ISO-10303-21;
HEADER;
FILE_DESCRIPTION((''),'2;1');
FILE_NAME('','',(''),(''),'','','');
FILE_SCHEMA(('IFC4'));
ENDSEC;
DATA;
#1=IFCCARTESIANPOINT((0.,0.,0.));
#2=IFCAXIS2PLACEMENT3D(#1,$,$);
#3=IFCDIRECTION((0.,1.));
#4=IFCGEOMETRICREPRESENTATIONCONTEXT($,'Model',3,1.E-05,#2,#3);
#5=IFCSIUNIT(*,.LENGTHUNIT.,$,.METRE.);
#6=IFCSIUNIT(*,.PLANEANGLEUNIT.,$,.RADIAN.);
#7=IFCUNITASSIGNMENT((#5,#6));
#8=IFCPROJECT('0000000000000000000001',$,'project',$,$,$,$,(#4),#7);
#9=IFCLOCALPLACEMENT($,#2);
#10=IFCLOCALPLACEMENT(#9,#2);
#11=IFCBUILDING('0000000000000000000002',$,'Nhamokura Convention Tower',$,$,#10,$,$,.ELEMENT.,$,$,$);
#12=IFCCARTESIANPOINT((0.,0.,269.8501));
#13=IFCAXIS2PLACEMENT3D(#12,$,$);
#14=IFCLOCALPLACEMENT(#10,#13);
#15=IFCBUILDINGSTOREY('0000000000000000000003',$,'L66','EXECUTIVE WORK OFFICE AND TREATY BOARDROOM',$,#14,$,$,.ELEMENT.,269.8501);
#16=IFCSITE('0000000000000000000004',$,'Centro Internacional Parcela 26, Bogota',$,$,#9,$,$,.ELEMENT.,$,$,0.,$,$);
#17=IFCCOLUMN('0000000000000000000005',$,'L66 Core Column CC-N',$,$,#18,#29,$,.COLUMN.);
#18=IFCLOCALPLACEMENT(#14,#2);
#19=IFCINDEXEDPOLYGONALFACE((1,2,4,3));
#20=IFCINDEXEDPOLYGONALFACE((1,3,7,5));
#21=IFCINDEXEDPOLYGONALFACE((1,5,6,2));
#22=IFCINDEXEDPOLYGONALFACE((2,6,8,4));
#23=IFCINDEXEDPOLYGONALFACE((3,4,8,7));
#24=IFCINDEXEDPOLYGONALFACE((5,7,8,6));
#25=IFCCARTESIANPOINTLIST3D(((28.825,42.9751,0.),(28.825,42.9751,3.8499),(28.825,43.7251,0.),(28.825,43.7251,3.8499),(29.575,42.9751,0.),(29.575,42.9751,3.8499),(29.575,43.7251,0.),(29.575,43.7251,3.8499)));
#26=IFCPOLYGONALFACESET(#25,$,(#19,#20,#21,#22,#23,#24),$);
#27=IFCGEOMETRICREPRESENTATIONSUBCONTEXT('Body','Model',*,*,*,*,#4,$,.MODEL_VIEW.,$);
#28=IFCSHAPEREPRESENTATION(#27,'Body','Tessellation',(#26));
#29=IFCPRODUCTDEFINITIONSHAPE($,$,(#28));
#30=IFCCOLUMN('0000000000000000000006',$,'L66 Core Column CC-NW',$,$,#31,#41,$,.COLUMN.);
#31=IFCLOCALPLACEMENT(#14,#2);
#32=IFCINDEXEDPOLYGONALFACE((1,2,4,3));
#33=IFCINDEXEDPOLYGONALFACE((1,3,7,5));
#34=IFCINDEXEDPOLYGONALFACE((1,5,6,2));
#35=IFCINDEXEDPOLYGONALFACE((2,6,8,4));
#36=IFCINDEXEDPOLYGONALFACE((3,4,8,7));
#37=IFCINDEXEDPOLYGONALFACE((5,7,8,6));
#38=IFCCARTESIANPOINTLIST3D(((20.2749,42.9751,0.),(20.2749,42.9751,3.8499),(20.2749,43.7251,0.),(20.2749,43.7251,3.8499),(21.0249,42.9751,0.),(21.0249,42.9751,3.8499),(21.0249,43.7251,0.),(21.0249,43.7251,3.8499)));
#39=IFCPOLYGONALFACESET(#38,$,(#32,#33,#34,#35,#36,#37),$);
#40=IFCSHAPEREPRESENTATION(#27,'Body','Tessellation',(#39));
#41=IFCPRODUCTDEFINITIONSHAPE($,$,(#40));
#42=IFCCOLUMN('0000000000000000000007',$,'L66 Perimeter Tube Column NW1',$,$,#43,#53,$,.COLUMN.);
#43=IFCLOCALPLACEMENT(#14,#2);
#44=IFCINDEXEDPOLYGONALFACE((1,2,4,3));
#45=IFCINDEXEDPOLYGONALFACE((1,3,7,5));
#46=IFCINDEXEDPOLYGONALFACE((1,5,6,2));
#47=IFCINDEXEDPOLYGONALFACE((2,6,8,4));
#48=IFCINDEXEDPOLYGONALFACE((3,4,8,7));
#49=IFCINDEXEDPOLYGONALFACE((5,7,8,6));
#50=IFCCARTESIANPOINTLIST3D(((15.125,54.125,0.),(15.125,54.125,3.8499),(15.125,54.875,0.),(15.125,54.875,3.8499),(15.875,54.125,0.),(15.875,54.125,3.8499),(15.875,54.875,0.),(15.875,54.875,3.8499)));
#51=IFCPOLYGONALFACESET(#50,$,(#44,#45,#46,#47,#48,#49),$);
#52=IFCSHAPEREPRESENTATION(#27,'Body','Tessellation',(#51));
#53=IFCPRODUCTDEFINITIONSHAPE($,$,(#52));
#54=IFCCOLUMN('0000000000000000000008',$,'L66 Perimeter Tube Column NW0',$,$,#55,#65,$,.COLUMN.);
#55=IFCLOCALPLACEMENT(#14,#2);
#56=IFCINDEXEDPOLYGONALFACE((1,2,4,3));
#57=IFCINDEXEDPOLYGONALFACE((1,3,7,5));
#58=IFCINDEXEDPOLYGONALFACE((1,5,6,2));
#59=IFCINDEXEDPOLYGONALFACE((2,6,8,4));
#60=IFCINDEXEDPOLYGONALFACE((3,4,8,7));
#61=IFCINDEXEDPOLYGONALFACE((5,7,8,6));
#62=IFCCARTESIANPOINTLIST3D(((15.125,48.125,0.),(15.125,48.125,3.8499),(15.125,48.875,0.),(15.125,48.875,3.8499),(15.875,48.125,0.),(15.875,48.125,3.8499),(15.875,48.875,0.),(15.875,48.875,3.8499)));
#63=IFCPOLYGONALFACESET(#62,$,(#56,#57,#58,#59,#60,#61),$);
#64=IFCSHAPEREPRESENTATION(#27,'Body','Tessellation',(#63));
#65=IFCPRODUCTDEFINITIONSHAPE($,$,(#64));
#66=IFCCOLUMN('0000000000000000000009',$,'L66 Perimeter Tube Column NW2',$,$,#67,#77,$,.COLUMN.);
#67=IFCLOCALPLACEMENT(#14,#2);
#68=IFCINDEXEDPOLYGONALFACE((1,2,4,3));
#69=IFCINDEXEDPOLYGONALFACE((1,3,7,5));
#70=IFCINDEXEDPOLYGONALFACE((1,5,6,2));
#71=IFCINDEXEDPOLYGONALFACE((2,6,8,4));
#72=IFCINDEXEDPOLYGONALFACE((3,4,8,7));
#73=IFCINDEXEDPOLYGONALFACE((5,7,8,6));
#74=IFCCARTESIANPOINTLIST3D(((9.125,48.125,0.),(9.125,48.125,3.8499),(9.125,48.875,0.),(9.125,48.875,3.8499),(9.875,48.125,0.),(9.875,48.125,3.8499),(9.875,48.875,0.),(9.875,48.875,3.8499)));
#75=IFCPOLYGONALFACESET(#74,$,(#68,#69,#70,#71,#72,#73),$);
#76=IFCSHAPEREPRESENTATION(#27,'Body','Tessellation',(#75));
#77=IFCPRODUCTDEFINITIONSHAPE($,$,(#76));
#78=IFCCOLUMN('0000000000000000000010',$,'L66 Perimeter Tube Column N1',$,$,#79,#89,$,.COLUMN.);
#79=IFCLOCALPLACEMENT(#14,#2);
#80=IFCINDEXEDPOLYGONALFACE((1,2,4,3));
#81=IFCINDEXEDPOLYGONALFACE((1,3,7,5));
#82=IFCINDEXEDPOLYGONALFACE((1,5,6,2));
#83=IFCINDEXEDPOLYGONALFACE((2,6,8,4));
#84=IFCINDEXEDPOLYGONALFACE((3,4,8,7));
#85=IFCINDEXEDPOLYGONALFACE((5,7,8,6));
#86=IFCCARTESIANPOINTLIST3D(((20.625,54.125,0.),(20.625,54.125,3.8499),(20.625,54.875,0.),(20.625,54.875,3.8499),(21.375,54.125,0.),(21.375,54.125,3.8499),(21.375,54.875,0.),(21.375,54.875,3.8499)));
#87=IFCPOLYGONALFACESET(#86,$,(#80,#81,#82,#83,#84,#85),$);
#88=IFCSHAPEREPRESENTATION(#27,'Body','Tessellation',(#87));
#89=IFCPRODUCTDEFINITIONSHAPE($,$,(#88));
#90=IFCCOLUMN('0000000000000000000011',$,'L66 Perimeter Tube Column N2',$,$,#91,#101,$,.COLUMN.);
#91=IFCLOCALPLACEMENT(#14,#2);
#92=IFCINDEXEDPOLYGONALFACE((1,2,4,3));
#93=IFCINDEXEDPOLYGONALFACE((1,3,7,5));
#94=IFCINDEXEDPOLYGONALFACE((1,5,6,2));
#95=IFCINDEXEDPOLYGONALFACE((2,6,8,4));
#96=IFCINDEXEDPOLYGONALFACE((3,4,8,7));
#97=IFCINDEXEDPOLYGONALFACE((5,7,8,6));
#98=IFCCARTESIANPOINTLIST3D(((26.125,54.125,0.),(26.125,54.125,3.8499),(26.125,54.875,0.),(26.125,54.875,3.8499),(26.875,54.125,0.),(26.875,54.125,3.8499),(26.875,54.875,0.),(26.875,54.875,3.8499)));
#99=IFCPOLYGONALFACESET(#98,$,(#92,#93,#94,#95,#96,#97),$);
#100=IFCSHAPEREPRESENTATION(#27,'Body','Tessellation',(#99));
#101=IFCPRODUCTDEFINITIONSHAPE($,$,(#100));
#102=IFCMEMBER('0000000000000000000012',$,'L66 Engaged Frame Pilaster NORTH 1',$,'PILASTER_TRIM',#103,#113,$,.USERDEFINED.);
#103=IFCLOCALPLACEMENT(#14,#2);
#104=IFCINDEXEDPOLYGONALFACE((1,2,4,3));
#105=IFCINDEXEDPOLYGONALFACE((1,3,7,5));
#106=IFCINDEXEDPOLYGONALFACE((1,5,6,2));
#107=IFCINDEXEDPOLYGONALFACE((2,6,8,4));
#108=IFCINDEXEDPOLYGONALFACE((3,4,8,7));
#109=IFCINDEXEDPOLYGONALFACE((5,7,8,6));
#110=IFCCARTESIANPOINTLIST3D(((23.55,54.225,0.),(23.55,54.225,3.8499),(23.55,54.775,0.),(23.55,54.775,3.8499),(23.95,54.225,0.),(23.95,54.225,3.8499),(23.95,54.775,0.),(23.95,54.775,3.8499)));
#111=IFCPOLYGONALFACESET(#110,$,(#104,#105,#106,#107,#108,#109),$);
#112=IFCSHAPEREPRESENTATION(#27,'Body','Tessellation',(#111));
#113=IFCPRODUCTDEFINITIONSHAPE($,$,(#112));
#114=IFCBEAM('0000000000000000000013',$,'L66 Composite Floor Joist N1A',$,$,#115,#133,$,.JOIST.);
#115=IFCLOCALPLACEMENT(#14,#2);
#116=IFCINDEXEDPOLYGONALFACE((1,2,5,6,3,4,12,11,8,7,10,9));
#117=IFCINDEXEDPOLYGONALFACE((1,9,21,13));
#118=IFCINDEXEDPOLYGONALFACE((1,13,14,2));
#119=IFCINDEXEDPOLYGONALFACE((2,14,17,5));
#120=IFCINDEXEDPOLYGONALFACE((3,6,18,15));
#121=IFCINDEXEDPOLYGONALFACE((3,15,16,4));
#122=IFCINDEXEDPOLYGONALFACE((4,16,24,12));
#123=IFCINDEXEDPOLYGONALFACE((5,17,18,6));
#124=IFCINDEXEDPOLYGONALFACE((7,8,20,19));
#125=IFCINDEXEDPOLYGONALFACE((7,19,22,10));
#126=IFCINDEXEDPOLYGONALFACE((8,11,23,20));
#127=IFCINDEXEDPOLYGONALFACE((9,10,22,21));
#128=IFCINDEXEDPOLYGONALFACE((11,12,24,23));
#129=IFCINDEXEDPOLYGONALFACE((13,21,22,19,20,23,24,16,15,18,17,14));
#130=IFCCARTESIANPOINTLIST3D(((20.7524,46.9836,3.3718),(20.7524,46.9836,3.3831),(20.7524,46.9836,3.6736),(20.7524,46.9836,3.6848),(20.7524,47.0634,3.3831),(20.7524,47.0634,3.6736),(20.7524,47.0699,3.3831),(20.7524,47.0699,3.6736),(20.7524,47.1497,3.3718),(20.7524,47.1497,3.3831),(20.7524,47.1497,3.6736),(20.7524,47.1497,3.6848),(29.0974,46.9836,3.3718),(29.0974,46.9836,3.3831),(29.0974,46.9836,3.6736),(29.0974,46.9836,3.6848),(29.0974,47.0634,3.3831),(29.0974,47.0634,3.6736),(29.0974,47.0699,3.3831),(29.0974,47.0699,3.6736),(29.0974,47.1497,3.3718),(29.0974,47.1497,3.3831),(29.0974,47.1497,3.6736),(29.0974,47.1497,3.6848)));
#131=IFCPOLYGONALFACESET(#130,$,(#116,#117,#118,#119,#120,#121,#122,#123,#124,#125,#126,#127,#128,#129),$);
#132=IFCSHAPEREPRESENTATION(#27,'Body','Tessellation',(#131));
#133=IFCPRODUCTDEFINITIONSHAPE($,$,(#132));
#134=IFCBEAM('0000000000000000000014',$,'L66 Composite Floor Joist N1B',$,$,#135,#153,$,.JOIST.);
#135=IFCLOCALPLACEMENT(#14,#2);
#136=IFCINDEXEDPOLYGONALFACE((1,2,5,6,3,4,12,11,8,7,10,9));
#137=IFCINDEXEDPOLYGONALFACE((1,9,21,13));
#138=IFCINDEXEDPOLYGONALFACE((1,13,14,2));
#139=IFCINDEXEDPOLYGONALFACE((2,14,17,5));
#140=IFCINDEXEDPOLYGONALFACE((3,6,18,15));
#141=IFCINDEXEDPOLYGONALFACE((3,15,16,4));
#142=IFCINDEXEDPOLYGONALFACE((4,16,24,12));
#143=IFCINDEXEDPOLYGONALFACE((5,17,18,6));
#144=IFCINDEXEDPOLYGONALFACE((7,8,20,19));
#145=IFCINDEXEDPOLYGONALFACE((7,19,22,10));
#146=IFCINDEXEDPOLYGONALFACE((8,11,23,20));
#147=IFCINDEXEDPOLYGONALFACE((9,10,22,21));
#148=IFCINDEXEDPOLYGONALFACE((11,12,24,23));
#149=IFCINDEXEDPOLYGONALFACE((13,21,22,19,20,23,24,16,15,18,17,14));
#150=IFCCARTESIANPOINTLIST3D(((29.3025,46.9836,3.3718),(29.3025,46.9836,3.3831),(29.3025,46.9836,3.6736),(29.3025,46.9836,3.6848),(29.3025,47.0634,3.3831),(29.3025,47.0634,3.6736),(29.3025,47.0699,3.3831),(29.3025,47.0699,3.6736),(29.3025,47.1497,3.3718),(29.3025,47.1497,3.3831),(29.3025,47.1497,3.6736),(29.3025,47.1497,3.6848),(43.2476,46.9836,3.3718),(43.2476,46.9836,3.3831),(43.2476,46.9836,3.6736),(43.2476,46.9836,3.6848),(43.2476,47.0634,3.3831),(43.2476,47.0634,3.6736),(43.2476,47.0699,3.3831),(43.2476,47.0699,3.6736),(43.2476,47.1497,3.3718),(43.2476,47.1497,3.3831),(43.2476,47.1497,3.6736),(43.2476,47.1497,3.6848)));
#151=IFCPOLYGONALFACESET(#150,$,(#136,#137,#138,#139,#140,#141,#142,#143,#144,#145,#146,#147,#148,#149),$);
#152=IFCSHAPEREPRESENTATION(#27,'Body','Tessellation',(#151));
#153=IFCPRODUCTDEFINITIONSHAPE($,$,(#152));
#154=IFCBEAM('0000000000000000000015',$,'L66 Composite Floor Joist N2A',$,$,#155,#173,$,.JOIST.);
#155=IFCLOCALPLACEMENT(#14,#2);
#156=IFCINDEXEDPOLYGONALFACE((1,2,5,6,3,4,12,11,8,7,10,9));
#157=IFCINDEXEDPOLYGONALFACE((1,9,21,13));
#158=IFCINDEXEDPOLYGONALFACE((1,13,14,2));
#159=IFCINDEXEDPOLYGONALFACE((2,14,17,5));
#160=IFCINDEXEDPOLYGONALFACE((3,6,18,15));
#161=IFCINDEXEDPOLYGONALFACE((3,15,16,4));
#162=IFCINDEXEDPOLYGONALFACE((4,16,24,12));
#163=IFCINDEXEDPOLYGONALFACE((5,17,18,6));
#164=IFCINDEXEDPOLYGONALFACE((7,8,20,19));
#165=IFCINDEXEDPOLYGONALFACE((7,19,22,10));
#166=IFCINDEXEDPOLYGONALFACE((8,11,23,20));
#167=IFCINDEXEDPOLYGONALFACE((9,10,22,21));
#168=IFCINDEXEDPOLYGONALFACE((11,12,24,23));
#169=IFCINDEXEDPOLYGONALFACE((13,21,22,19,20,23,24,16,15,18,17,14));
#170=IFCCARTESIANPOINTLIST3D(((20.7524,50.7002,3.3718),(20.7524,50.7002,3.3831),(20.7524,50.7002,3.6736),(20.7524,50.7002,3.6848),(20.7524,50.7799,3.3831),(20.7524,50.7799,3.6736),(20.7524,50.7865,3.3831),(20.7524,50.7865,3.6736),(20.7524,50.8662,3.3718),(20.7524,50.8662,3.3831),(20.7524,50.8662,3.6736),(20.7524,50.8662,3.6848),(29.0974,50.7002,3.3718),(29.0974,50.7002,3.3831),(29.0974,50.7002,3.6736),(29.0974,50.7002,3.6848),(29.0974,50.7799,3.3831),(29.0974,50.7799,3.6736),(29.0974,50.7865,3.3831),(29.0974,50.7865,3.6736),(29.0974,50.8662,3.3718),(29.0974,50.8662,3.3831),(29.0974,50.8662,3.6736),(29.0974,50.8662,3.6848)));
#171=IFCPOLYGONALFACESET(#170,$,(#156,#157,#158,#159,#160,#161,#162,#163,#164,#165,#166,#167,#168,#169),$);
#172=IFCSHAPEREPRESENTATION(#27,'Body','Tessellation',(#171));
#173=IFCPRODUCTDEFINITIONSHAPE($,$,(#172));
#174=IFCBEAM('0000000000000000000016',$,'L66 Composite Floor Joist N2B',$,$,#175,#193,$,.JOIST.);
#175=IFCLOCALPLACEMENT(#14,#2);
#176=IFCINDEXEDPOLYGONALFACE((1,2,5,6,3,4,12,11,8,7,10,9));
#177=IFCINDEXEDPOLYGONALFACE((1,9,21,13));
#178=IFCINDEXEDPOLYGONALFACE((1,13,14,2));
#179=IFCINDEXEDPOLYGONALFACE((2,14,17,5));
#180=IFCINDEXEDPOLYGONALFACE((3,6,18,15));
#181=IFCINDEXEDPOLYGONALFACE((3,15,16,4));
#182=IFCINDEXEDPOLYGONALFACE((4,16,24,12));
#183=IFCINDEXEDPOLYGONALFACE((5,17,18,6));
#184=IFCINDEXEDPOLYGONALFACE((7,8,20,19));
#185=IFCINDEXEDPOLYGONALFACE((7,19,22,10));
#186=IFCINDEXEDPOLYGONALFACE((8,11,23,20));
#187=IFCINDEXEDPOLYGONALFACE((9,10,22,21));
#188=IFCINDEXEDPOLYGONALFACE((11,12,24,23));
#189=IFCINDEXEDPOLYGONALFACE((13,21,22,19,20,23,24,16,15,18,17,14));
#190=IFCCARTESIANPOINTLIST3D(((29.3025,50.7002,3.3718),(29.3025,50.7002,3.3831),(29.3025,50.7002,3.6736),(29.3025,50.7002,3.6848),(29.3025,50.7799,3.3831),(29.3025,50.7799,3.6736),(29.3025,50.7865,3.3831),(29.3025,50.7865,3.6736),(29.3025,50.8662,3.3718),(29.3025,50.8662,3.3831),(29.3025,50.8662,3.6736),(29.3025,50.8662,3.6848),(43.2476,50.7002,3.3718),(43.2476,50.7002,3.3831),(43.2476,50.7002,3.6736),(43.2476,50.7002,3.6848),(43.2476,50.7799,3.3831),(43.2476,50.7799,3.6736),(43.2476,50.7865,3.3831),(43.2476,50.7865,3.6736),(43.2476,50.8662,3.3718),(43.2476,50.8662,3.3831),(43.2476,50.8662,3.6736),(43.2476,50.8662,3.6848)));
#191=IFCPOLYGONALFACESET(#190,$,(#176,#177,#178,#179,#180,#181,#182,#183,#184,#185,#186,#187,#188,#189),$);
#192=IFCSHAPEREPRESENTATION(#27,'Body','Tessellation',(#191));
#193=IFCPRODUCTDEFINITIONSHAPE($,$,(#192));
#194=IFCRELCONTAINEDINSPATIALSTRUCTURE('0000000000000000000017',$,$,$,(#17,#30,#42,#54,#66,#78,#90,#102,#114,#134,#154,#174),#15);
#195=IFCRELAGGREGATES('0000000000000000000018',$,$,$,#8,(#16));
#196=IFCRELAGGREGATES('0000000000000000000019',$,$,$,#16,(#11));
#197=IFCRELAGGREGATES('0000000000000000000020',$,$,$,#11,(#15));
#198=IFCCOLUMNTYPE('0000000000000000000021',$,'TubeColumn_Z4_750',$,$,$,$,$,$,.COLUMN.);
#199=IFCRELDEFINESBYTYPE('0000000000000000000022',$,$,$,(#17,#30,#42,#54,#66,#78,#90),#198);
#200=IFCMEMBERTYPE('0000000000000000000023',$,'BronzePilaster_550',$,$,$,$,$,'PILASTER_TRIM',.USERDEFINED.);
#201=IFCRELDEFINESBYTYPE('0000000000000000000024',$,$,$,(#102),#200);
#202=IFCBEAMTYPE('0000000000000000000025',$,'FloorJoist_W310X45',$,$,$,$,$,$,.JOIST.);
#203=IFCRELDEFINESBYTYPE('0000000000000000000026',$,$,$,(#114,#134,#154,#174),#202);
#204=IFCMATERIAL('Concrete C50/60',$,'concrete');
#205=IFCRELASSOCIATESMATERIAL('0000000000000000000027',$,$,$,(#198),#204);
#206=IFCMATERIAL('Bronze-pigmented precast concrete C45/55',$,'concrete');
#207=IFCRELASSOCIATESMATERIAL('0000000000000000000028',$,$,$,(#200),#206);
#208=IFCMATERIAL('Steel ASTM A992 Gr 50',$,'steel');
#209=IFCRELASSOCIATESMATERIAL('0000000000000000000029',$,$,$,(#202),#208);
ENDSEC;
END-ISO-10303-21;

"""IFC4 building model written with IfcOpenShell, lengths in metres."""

from ifc_helpers import new_model, si_unit, direction, frame, origin, origin_2d, place, context, subcontext, project, spatial, rectangle, i_section, extrude, material, material_profile, profile_set, type_object, element, save


model = new_model("IFC4")

# Units and contexts
model_context = context("Model", 3, precision=1e-05, world=origin(), true_north=direction((0.0, 1.0)))
body_context = subcontext(model_context, "Body", "Model", "MODEL_VIEW")
ifc_project = project(units=[si_unit("LENGTHUNIT", "METRE"), si_unit("PLANEANGLEUNIT", "RADIAN")], contexts=[model_context])

# Site, building, storey
site_placement = place(None, origin())
site = spatial("IfcSite", under=ifc_project, at=site_placement, Name="Centro Internacional Parcela 26, Bogota", CompositionType="ELEMENT", RefElevation=0.0)
building_placement = place(site_placement, origin())
building = spatial("IfcBuilding", under=site, at=building_placement, Name="Nhamokura Convention Tower", CompositionType="ELEMENT")
storey_placement = place(building_placement, frame((0.0, 0.0, 269.8501)))
storey = spatial("IfcBuildingStorey", under=building, at=storey_placement, Name="L66", Description="EXECUTIVE WORK OFFICE AND TREATY BOARDROOM", CompositionType="ELEMENT", Elevation=269.8501)

# Columns
ifc_material_1 = material(Name="Concrete C50/60", Category="concrete")
ifc_material_profile_1 = material_profile(ifc_material_1, rectangle(XDim=0.75, YDim=0.75, at=origin_2d()))
ifc_profile_set_1 = profile_set([ifc_material_profile_1], Name="Concrete C50/60")
column_type = type_object("IfcColumnType", Name="TubeColumn_Z4_750", PredefinedType="COLUMN", material=ifc_profile_set_1)
for number, where, z_axis, x_axis, name in (
    (1, (29.2, 43.3501, 0.0), (0.0, 0.0, 1.0), (1.0, 0.0, 0.0), "L66 Core Column CC-N"),
    (2, (20.6499, 43.3501, 0.0), (0.0, 0.0, 1.0), (1.0, 0.0, 0.0), "L66 Core Column CC-NW"),
    (3, (15.5, 54.5, 0.0), (0.0, 0.0, 1.0), (1.0, 0.0, 0.0), "L66 Perimeter Tube Column NW1"),
    (4, (15.5, 48.5, 0.0), (0.0, 0.0, 1.0), (1.0, 0.0, 0.0), "L66 Perimeter Tube Column NW0"),
    (5, (9.5, 48.5, 0.0), (0.0, 0.0, 1.0), (1.0, 0.0, 0.0), "L66 Perimeter Tube Column NW2"),
    (6, (21.0, 54.5, 0.0), (0.0, 0.0, 1.0), (1.0, 0.0, 0.0), "L66 Perimeter Tube Column N1"),
    (7, (26.5, 54.5, 0.0), (0.0, 0.0, 1.0), (1.0, 0.0, 0.0), "L66 Perimeter Tube Column N2"),
):
    element("IfcColumn", number, at=place(storey_placement, frame(where, z_axis=z_axis, x_axis=x_axis)), inside=storey, type_object=column_type, Name=name, PredefinedType="COLUMN", context=body_context, shape_type="SweptSolid", body=[
        extrude(rectangle(XDim=0.75, YDim=0.75, at=origin_2d()), origin(), (0.0, 0.0, 1.0), 3.8499),
    ])

# Member
ifc_material_2 = material(Name="Bronze-pigmented precast concrete C45/55", Category="concrete")
ifc_material_profile_2 = material_profile(ifc_material_2, rectangle(XDim=0.3999, YDim=0.55, at=origin_2d()))
ifc_profile_set_2 = profile_set([ifc_material_profile_2], Name="Bronze-pigmented precast concrete C45/55")
member_type_1 = type_object("IfcMemberType", Name="BronzePilaster_550", ElementType="PILASTER_TRIM", PredefinedType="USERDEFINED", material=ifc_profile_set_2)
member_1_placement = place(storey_placement, frame((23.75, 54.5, 0.0), z_axis=(0.0, 0.0, 1.0), x_axis=(1.0, 0.0, 0.0)))
element("IfcMember", 8, at=member_1_placement, inside=storey, type_object=member_type_1, Name="L66 Engaged Frame Pilaster NORTH 1", ObjectType="PILASTER_TRIM", PredefinedType="USERDEFINED", context=body_context, shape_type="SweptSolid", body=[
    extrude(rectangle(XDim=0.3999, YDim=0.55, at=origin_2d()), origin(), (0.0, 0.0, 1.0), 3.8499),
])

# Beams
ifc_material_3 = material(Name="Steel ASTM A992 Gr 50", Category="steel")
ifc_material_profile_3 = material_profile(ifc_material_3, i_section(OverallWidth=0.166, OverallDepth=0.313, WebThickness=0.0066, FlangeThickness=0.0112, at=origin_2d()))
ifc_profile_set_3 = profile_set([ifc_material_profile_3], Name="Steel ASTM A992 Gr 50")
beam_type_1 = type_object("IfcBeamType", Name="FloorJoist_W310X45", PredefinedType="JOIST", material=ifc_profile_set_3)
beam_1_placement = place(storey_placement, frame((20.7524, 47.0667, 3.5283), z_axis=(1.0, 0.0, 0.0), x_axis=(0.0, 1.0, 0.0)))
element("IfcBeam", 9, at=beam_1_placement, inside=storey, type_object=beam_type_1, Name="L66 Composite Floor Joist N1A", PredefinedType="JOIST", context=body_context, shape_type="SweptSolid", body=[
    extrude(i_section(OverallWidth=0.166, OverallDepth=0.313, WebThickness=0.0066, FlangeThickness=0.0112, at=origin_2d()), origin(), (0.0, 0.0, 1.0), 8.345),
])
beam_2_placement = place(storey_placement, frame((29.3025, 47.0667, 3.5283), z_axis=(1.0, 0.0, 0.0), x_axis=(0.0, 1.0, 0.0)))
element("IfcBeam", 10, at=beam_2_placement, inside=storey, type_object=beam_type_1, Name="L66 Composite Floor Joist N1B", PredefinedType="JOIST", context=body_context, shape_type="SweptSolid", body=[
    extrude(i_section(OverallWidth=0.166, OverallDepth=0.313, WebThickness=0.0066, FlangeThickness=0.0112, at=origin_2d()), origin(), (0.0, 0.0, 1.0), 13.9451),
])
beam_3_placement = place(storey_placement, frame((20.7524, 50.7832, 3.5283), z_axis=(1.0, 0.0, 0.0), x_axis=(0.0, 1.0, 0.0)))
element("IfcBeam", 11, at=beam_3_placement, inside=storey, type_object=beam_type_1, Name="L66 Composite Floor Joist N2A", PredefinedType="JOIST", context=body_context, shape_type="SweptSolid", body=[
    extrude(i_section(OverallWidth=0.166, OverallDepth=0.313, WebThickness=0.0066, FlangeThickness=0.0112, at=origin_2d()), origin(), (0.0, 0.0, 1.0), 8.345),
])
beam_4_placement = place(storey_placement, frame((29.3025, 50.7832, 3.5283), z_axis=(1.0, 0.0, 0.0), x_axis=(0.0, 1.0, 0.0)))
element("IfcBeam", 12, at=beam_4_placement, inside=storey, type_object=beam_type_1, Name="L66 Composite Floor Joist N2B", PredefinedType="JOIST", context=body_context, shape_type="SweptSolid", body=[
    extrude(i_section(OverallWidth=0.166, OverallDepth=0.313, WebThickness=0.0066, FlangeThickness=0.0112, at=origin_2d()), origin(), (0.0, 0.0, 1.0), 13.9451),
])

save(model, "model.ifc")
